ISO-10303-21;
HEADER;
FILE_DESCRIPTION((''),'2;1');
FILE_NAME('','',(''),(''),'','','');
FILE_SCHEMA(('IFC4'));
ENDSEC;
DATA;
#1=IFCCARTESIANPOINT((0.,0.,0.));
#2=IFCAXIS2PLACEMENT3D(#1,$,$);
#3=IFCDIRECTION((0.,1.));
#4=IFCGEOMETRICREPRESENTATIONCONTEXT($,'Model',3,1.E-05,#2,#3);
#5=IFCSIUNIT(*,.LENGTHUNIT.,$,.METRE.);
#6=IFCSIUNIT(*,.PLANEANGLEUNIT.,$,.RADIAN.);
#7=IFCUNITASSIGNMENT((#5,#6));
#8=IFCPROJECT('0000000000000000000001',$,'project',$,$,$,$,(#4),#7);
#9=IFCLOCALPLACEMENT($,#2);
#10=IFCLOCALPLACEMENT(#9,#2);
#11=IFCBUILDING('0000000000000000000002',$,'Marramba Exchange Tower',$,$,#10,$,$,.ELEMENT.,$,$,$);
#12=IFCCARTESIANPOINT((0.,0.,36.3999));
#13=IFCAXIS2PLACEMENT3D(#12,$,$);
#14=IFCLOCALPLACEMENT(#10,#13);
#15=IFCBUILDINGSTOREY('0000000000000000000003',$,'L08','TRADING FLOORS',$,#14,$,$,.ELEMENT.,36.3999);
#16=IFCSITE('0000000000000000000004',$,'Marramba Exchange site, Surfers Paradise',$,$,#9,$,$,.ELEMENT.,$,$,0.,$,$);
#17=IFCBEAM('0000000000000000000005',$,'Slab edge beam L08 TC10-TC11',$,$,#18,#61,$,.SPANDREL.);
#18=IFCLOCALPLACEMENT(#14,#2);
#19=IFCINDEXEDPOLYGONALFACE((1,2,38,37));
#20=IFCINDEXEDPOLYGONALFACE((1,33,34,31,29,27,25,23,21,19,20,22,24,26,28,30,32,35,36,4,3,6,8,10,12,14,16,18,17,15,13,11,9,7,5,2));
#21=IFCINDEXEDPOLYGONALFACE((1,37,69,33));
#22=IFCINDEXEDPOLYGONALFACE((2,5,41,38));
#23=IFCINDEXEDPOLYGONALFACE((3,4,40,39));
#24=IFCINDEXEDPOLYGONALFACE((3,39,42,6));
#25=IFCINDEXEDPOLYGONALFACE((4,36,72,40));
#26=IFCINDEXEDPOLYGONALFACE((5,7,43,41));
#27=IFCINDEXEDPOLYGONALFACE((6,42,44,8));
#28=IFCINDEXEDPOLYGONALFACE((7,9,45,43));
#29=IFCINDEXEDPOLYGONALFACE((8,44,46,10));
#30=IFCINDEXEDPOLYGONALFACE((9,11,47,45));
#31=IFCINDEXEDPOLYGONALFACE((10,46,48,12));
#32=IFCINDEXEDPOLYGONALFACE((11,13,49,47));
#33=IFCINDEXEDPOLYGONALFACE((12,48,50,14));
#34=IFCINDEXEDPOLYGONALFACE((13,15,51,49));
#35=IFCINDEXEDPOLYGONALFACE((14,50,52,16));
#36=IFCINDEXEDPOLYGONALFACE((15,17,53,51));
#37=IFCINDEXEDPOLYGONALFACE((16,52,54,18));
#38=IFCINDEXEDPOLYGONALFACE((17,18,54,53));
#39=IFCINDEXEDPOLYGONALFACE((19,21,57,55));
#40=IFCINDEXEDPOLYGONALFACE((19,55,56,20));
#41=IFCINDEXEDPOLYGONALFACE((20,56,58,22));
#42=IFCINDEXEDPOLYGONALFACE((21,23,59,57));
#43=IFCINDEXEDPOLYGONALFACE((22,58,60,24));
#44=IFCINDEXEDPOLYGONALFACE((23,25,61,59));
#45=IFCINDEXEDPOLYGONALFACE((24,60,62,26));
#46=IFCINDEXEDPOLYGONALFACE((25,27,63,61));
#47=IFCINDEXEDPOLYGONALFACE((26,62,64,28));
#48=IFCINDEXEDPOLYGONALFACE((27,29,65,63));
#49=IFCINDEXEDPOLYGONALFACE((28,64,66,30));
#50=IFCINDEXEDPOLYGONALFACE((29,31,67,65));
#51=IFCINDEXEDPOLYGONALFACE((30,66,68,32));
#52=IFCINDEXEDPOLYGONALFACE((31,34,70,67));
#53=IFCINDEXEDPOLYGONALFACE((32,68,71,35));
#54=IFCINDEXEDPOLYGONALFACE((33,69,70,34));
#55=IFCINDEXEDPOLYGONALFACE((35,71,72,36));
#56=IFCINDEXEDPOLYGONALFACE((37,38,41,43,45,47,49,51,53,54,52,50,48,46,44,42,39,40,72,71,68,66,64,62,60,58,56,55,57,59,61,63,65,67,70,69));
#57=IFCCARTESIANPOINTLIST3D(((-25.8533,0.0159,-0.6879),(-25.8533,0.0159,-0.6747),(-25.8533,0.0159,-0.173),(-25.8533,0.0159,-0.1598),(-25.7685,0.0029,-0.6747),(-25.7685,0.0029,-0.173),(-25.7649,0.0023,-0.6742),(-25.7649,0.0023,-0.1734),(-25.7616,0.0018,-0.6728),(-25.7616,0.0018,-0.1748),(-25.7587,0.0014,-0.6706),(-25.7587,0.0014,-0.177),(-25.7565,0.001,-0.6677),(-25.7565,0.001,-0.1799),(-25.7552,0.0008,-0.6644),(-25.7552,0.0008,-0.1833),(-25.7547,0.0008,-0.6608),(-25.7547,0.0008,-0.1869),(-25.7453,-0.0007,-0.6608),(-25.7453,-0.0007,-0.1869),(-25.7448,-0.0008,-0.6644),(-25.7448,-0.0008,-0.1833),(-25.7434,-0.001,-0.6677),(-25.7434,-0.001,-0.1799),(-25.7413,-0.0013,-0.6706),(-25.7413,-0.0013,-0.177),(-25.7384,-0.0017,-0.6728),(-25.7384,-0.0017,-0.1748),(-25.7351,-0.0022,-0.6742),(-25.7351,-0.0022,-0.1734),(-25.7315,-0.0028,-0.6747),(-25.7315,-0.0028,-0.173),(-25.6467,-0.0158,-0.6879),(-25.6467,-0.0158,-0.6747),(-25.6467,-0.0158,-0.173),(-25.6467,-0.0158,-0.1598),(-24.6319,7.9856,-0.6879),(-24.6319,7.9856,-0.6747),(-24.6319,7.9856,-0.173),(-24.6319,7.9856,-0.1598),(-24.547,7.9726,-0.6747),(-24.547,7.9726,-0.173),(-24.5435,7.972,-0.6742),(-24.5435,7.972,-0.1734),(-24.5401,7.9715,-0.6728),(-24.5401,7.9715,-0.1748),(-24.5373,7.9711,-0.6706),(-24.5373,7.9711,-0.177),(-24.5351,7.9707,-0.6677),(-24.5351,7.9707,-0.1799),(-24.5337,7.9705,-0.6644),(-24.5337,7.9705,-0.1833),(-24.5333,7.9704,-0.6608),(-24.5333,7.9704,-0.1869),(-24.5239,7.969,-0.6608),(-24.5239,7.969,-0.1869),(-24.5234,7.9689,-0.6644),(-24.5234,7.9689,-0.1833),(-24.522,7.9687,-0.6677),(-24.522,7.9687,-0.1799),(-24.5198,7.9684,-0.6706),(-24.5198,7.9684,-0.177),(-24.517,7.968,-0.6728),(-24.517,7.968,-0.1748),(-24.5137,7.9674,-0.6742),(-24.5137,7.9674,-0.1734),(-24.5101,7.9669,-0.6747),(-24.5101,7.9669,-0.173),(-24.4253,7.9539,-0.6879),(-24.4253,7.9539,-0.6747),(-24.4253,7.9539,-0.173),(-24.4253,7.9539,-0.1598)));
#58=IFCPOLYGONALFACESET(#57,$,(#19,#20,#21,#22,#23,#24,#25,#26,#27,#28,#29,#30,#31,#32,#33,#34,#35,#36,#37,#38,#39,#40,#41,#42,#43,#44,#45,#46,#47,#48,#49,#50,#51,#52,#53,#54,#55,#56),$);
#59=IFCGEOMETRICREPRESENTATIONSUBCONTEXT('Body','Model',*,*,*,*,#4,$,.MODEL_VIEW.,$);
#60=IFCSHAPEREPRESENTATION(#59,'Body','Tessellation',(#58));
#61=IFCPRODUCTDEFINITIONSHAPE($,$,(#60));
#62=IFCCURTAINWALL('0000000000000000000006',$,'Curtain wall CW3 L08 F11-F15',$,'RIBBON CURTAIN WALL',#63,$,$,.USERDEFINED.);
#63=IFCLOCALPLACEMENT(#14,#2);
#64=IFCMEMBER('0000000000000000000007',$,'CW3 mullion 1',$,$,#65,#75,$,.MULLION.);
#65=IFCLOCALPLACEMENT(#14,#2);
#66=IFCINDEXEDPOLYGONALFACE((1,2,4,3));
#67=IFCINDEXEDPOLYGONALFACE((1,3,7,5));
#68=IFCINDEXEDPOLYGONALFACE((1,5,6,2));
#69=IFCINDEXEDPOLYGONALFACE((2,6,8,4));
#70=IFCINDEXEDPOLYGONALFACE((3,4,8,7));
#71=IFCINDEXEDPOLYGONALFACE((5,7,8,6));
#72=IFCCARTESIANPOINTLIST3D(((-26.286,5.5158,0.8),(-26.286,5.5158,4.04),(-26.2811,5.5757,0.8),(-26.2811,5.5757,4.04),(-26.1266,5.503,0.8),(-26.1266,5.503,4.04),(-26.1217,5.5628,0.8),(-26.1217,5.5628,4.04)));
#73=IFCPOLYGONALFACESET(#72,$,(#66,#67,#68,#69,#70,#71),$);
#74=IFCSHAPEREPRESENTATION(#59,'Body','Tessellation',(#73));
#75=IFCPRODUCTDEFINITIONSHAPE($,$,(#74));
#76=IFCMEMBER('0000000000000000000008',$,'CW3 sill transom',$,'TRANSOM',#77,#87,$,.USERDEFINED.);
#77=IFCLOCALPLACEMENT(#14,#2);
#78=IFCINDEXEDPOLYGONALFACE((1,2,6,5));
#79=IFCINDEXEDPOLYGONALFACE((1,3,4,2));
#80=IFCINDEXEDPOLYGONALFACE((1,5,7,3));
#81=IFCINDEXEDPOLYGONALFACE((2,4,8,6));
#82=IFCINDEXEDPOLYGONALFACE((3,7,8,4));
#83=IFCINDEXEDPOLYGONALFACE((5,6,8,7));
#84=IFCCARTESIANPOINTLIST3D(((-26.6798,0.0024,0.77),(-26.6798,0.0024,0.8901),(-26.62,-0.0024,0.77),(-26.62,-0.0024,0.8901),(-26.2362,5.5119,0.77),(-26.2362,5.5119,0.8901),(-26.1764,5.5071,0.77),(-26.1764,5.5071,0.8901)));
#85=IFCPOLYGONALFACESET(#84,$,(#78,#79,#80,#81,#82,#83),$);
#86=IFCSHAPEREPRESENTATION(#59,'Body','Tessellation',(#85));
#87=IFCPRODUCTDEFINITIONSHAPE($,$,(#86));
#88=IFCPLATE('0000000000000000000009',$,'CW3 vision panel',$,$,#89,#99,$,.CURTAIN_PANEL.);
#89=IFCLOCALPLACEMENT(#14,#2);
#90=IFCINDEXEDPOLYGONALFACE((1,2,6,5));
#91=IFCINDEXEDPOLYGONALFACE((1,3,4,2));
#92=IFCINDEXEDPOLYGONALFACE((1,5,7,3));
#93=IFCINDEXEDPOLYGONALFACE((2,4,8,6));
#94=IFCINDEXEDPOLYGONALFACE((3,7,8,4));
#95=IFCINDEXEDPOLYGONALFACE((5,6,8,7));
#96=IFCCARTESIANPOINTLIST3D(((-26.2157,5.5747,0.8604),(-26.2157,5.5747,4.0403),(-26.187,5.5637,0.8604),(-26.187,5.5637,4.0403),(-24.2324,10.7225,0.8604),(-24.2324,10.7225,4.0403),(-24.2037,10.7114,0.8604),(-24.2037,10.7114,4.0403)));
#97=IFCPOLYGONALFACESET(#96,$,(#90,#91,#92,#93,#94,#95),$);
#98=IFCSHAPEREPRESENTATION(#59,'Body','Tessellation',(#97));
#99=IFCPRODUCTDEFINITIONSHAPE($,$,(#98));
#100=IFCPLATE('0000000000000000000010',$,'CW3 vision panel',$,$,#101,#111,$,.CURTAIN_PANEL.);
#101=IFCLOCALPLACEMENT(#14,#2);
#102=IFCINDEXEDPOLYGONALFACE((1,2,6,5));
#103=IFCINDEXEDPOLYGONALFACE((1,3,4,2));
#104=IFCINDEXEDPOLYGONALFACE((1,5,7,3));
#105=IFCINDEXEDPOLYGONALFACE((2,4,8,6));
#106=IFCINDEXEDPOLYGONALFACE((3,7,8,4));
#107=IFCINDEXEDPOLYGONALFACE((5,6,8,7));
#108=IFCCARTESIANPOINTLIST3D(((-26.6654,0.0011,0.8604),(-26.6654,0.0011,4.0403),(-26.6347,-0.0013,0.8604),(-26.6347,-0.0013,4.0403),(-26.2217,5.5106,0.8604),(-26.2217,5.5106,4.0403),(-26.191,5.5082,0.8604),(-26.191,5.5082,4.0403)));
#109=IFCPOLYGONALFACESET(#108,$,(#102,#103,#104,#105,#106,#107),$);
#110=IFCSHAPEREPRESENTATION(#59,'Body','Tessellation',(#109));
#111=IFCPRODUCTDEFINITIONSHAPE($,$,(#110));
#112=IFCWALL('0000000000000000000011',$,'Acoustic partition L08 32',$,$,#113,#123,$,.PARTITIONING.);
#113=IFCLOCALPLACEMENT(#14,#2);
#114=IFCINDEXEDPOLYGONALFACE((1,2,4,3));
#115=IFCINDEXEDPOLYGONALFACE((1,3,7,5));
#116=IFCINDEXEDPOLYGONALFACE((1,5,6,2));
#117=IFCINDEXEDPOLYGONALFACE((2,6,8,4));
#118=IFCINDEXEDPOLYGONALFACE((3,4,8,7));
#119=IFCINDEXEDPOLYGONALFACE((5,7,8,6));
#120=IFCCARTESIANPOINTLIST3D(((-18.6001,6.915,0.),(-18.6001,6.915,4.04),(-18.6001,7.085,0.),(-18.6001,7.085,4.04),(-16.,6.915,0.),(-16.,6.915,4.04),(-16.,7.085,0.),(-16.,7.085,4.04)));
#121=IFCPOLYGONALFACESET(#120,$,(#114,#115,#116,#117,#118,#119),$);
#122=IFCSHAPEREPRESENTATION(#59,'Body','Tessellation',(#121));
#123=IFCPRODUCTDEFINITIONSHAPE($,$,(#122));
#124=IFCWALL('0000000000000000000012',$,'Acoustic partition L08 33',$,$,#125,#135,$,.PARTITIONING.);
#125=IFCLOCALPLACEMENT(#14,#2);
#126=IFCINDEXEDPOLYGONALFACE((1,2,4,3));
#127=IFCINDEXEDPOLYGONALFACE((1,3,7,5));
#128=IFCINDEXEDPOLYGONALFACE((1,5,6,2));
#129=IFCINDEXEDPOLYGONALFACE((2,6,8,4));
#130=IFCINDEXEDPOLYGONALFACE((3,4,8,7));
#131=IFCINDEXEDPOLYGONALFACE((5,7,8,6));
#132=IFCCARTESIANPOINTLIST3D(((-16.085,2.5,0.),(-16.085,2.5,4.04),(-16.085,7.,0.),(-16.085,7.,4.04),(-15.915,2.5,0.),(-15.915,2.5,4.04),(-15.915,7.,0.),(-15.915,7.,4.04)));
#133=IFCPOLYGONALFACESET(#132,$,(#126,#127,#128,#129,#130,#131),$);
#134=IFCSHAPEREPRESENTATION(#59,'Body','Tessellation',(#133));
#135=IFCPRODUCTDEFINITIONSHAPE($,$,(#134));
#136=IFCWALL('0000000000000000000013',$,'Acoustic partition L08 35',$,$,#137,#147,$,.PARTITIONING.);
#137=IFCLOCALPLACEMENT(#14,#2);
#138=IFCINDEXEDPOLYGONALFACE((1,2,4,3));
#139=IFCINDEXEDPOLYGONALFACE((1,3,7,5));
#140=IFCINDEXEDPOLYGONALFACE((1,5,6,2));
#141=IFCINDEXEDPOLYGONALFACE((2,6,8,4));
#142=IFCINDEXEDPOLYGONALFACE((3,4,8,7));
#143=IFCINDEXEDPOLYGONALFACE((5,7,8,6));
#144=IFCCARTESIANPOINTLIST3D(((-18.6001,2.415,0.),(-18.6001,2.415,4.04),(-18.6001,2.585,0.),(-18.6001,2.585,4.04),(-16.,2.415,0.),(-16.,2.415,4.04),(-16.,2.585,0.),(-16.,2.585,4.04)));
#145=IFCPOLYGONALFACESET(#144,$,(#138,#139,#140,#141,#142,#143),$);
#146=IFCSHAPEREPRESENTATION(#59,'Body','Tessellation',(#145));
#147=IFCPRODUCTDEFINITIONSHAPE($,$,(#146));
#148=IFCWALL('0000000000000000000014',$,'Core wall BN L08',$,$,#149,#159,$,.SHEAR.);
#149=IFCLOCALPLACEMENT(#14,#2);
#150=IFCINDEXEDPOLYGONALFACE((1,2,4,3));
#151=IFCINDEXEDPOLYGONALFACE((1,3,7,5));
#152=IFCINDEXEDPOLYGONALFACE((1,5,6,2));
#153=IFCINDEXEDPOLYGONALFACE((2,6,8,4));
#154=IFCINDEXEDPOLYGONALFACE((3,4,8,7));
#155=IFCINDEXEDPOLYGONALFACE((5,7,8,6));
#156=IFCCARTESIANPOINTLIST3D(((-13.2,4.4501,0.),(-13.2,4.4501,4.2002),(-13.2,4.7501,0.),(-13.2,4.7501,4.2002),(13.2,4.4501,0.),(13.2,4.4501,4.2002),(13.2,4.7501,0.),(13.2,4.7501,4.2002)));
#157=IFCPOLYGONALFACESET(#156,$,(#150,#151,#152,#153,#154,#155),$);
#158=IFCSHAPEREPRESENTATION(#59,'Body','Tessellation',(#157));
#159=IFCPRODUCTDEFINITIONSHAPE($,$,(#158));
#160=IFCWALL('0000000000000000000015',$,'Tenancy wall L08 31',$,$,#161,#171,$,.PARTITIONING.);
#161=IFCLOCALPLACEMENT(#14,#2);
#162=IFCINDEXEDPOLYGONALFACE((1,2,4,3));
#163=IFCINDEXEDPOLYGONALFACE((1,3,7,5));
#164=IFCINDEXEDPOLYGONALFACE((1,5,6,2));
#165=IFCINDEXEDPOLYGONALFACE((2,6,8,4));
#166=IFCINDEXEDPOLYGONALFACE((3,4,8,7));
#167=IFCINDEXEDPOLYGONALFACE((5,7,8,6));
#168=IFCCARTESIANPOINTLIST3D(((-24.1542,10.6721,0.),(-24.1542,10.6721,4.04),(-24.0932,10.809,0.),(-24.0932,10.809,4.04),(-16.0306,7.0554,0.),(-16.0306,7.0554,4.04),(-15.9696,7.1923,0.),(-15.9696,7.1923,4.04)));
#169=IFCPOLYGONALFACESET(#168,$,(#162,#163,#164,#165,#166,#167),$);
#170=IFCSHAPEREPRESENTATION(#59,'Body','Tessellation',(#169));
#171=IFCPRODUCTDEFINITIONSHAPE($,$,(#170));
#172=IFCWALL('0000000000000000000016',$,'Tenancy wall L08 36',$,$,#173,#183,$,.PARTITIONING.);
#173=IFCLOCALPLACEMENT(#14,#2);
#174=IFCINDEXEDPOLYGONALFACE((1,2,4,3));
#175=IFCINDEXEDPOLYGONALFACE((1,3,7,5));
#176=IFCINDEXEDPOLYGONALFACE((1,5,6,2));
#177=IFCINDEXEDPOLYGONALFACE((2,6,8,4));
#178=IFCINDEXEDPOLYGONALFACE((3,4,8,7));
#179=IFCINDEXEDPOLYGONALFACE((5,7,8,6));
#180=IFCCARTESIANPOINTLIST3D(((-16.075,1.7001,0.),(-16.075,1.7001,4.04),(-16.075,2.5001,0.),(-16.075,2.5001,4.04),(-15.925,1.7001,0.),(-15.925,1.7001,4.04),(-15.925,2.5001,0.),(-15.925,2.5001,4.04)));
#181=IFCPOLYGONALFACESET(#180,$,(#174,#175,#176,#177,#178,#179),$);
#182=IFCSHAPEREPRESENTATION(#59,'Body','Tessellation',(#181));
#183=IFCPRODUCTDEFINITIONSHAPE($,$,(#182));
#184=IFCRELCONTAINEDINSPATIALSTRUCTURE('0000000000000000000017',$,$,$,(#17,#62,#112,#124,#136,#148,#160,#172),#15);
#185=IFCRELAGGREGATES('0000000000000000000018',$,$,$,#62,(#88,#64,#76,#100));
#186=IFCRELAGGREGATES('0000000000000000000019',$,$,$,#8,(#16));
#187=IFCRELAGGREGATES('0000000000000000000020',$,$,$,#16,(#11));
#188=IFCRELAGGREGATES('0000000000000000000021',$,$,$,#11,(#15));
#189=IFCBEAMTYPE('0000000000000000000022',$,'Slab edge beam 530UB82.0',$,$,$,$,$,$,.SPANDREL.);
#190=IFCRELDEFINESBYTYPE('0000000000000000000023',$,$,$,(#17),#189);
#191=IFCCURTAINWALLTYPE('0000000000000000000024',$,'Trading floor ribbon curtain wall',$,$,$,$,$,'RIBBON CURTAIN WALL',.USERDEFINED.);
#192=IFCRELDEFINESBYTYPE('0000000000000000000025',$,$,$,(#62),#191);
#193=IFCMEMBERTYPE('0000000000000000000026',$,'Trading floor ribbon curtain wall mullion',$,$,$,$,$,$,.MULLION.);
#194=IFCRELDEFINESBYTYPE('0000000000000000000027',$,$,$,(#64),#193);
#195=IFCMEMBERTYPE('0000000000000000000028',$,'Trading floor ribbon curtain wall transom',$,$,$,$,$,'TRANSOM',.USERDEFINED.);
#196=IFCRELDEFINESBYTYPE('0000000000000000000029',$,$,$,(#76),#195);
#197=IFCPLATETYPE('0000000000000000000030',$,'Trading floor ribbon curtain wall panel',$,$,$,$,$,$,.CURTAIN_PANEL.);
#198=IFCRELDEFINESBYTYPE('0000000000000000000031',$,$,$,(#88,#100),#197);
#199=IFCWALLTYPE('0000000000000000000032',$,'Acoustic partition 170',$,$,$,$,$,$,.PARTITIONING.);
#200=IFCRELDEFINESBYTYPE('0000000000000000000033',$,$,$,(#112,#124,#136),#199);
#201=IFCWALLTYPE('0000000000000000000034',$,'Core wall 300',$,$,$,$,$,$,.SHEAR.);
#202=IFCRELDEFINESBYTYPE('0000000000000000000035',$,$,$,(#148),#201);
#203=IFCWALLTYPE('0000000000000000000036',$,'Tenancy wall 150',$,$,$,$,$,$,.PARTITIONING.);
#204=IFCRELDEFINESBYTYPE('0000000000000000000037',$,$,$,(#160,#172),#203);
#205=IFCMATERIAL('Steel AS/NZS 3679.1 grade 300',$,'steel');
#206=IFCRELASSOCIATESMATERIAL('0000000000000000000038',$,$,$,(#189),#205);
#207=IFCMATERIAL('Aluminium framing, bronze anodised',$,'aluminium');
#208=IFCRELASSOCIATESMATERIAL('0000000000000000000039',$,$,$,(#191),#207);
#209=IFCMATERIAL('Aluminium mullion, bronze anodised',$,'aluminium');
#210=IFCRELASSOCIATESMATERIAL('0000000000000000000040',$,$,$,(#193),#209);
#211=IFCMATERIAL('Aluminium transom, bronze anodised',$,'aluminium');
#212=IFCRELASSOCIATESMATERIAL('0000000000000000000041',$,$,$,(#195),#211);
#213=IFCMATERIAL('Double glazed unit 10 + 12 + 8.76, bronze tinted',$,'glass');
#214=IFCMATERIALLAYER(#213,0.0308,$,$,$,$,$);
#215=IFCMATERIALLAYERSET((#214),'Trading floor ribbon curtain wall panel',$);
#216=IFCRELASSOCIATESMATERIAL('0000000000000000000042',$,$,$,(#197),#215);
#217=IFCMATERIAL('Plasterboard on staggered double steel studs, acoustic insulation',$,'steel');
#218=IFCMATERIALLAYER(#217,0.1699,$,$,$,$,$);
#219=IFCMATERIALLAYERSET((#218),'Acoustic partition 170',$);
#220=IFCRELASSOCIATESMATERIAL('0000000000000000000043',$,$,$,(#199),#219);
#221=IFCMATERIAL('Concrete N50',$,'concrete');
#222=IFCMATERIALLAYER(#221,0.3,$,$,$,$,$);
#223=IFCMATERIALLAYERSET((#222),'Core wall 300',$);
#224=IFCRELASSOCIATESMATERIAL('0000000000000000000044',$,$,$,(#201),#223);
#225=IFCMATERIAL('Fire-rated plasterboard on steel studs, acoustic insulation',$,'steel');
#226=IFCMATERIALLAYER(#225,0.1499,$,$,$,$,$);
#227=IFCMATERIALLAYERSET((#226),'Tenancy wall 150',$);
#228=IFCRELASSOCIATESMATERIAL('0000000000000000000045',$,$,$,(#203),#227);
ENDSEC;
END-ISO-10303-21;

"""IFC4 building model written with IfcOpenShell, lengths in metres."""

from ifc_helpers import new_model, si_unit, direction, frame, frame_2d, origin, origin_2d, place, context, subcontext, project, spatial, rectangle, i_section, extrude, material, layer, layer_set, material_profile, profile_set, type_object, element, aggregate, save


model = new_model("IFC4")

# Units and contexts
model_context = context("Model", 3, precision=1e-05, world=origin(), true_north=direction((0.0, 1.0)))
body_context = subcontext(model_context, "Body", "Model", "MODEL_VIEW")
ifc_project = project(units=[si_unit("LENGTHUNIT", "METRE"), si_unit("PLANEANGLEUNIT", "RADIAN")], contexts=[model_context])

# Site, building, storey
site_placement = place(None, origin())
site = spatial("IfcSite", under=ifc_project, at=site_placement, Name="Marramba Exchange site, Surfers Paradise", CompositionType="ELEMENT", RefElevation=0.0)
building_placement = place(site_placement, origin())
building = spatial("IfcBuilding", under=site, at=building_placement, Name="Marramba Exchange Tower", CompositionType="ELEMENT")
storey_placement = place(building_placement, frame((0.0, 0.0, 36.3999)))
storey = spatial("IfcBuildingStorey", under=building, at=storey_placement, Name="L08", Description="TRADING FLOORS", CompositionType="ELEMENT", Elevation=36.3999)

# Shared definitions
ifc_material_1 = material(Name="Concrete N50", Category="concrete")

# Beam
ifc_material_2 = material(Name="Steel AS/NZS 3679.1 grade 300", Category="steel")
ifc_material_profile_1 = material_profile(ifc_material_2, i_section(OverallWidth=0.209, OverallDepth=0.5281, WebThickness=0.0095, FlangeThickness=0.0132, FilletRadius=0.0139, at=origin_2d()), Name="530UB82.0")
ifc_profile_set_1 = profile_set([ifc_material_profile_1], Name="Steel AS/NZS 3679.1 grade 300")
beam_type_1 = type_object("IfcBeamType", Name="Slab edge beam 530UB82.0", PredefinedType="SPANDREL", material=ifc_profile_set_1)
beam_1_placement = place(storey_placement, frame((-24.5286, 7.9697, -0.4238), z_axis=(-0.151491, -0.988459, 0.0), x_axis=(0.988459, -0.151491, 0.0)))
element("IfcBeam", 1, at=beam_1_placement, inside=storey, type_object=beam_type_1, Name="Slab edge beam L08 TC10-TC11", PredefinedType="SPANDREL", context=body_context, shape_type="SweptSolid", body=[
    extrude(i_section(OverallWidth=0.209, OverallDepth=0.5281, WebThickness=0.0095, FlangeThickness=0.0132, FilletRadius=0.0139, at=origin_2d()), origin(), (0.0, 0.0, 1.0), 8.0627),
])

# Curtain wall, members, plates
ifc_material_3 = material(Name="Aluminium framing, bronze anodised", Category="aluminium")
curtain_wall_type = type_object("IfcCurtainWallType", Name="Trading floor ribbon curtain wall", ElementType="RIBBON CURTAIN WALL", PredefinedType="USERDEFINED", material=ifc_material_3)
curtain_wall_placement = place(storey_placement, origin())
curtain_wall = element("IfcCurtainWall", 2, at=curtain_wall_placement, inside=storey, type_object=curtain_wall_type, Name="Curtain wall CW3 L08 F11-F15", ObjectType="RIBBON CURTAIN WALL", PredefinedType="USERDEFINED")
ifc_material_4 = material(Name="Aluminium mullion, bronze anodised", Category="aluminium")
ifc_material_profile_2 = material_profile(ifc_material_4, rectangle(XDim=0.1599, YDim=0.0601, at=origin_2d()), Name="CW3 mullion 60x160")
ifc_profile_set_2 = profile_set([ifc_material_profile_2], Name="Aluminium mullion, bronze anodised")
member_type_1 = type_object("IfcMemberType", Name="Trading floor ribbon curtain wall mullion", PredefinedType="MULLION", material=ifc_profile_set_2)
member_1_placement = place(storey_placement, frame((-26.2039, 5.5393, 0.8), z_axis=(0.0, 0.0, 1.0), x_axis=(0.996773, -0.080275, 0.0)))
member_1 = element("IfcMember", 3, at=member_1_placement, type_object=member_type_1, Name="CW3 mullion 1", PredefinedType="MULLION", context=body_context, shape_type="SweptSolid", body=[
    extrude(rectangle(XDim=0.1599, YDim=0.0601, at=origin_2d()), origin(), (0.0, 0.0, 1.0), 3.24),
])
ifc_material_5 = material(Name="Aluminium transom, bronze anodised", Category="aluminium")
ifc_material_profile_3 = material_profile(ifc_material_5, rectangle(XDim=0.0601, YDim=0.1201, at=origin_2d()), Name="CW3 transom 60x120")
ifc_profile_set_3 = profile_set([ifc_material_profile_3], Name="Aluminium transom, bronze anodised")
member_type_2 = type_object("IfcMemberType", Name="Trading floor ribbon curtain wall transom", ElementType="TRANSOM", PredefinedType="USERDEFINED", material=ifc_profile_set_3)
member_2_placement = place(storey_placement, frame((-26.2063, 5.5095, 0.8301), z_axis=(-0.080256, -0.996774, 0.0), x_axis=(0.996774, -0.080256, 0.0)))
member_2 = element("IfcMember", 4, at=member_2_placement, type_object=member_type_2, Name="CW3 sill transom", ObjectType="TRANSOM", PredefinedType="USERDEFINED", context=body_context, shape_type="SweptSolid", body=[
    extrude(rectangle(XDim=0.0601, YDim=0.1201, at=origin_2d()), origin(), (0.0, 0.0, 1.0), 5.5273),
])
ifc_material_6 = material(Name="Double glazed unit 10 + 12 + 8.76, bronze tinted", Category="glass")
ifc_layer_1 = layer(ifc_material_6, 0.0308)
ifc_layer_set_1 = layer_set([ifc_layer_1], Name="Trading floor ribbon curtain wall panel")
plate_type = type_object("IfcPlateType", Name="Trading floor ribbon curtain wall panel", PredefinedType="CURTAIN_PANEL", material=ifc_layer_set_1)
plate_1_placement = place(storey_placement, frame((-25.2097, 8.1431, 0.8604), z_axis=(0.0, 0.0, 1.0), x_axis=(-0.359526, -0.933135, 0.0)))
plate_1 = element("IfcPlate", 5, at=plate_1_placement, type_object=plate_type, Name="CW3 vision panel", PredefinedType="CURTAIN_PANEL", context=body_context, shape_type="SweptSolid", body=[
    extrude(rectangle(XDim=5.5166, YDim=0.0308, at=origin_2d()), origin(), (0.0, 0.0, 1.0), 3.1799),
])
plate_2_placement = place(storey_placement, frame((-26.4282, 2.7546, 0.8604), z_axis=(0.0, 0.0, 1.0), x_axis=(-0.080275, -0.996773, 0.0)))
plate_2 = element("IfcPlate", 6, at=plate_2_placement, type_object=plate_type, Name="CW3 vision panel", PredefinedType="CURTAIN_PANEL", context=body_context, shape_type="SweptSolid", body=[
    extrude(rectangle(XDim=5.5273, YDim=0.0308, at=origin_2d()), origin(), (0.0, 0.0, 1.0), 3.1799),
])
aggregate(curtain_wall, [plate_1, member_1, member_2, plate_2])

# Walls
ifc_material_7 = material(Name="Plasterboard on staggered double steel studs, acoustic insulation", Category="steel")
ifc_layer_2 = layer(ifc_material_7, 0.1699)
ifc_layer_set_2 = layer_set([ifc_layer_2], Name="Acoustic partition 170")
wall_type_1 = type_object("IfcWallType", Name="Acoustic partition 170", PredefinedType="PARTITIONING", material=ifc_layer_set_2)
wall_1_placement = place(storey_placement, frame((-16.0, 7.0, 0.0), z_axis=(0.0, 0.0, 1.0), x_axis=(-1.0, 0.0, 0.0)))
element("IfcWall", 7, at=wall_1_placement, inside=storey, type_object=wall_type_1, Name="Acoustic partition L08 32", PredefinedType="PARTITIONING", context=body_context, shape_type="SweptSolid", body=[
    extrude(rectangle(XDim=2.6001, YDim=0.1699, at=frame_2d((1.3, 0.0))), origin(), (0.0, 0.0, 1.0), 4.04),
])
wall_2_placement = place(storey_placement, frame((-16.0, 2.5, 0.0), z_axis=(0.0, 0.0, 1.0), x_axis=(0.0, 1.0, 0.0)))
element("IfcWall", 8, at=wall_2_placement, inside=storey, type_object=wall_type_1, Name="Acoustic partition L08 33", PredefinedType="PARTITIONING", context=body_context, shape_type="SweptSolid", body=[
    extrude(rectangle(XDim=4.5, YDim=0.1699, at=frame_2d((2.25, 0.0))), origin(), (0.0, 0.0, 1.0), 4.04),
])

# Walls
wall_3_placement = place(storey_placement, frame((-18.6001, 2.5, 0.0), z_axis=(0.0, 0.0, 1.0), x_axis=(1.0, 0.0, 0.0)))
element("IfcWall", 9, at=wall_3_placement, inside=storey, type_object=wall_type_1, Name="Acoustic partition L08 35", PredefinedType="PARTITIONING", context=body_context, shape_type="SweptSolid", body=[
    extrude(rectangle(XDim=2.6001, YDim=0.1699, at=frame_2d((1.3, 0.0))), origin(), (0.0, 0.0, 1.0), 4.04),
])
ifc_layer_3 = layer(ifc_material_1, 0.3)
ifc_layer_set_3 = layer_set([ifc_layer_3], Name="Core wall 300")
wall_type_2 = type_object("IfcWallType", Name="Core wall 300", PredefinedType="SHEAR", material=ifc_layer_set_3)
wall_4_placement = place(storey_placement, frame((-13.2, 4.6001, 0.0), z_axis=(0.0, 0.0, 1.0), x_axis=(1.0, 0.0, 0.0)))
element("IfcWall", 10, at=wall_4_placement, inside=storey, type_object=wall_type_2, Name="Core wall BN L08", PredefinedType="SHEAR", context=body_context, shape_type="SweptSolid", body=[
    extrude(rectangle(XDim=26.3999, YDim=0.3, at=frame_2d((13.2, 0.0))), origin(), (0.0, 0.0, 1.0), 4.2002),
])
ifc_material_8 = material(Name="Fire-rated plasterboard on steel studs, acoustic insulation", Category="steel")
ifc_layer_4 = layer(ifc_material_8, 0.1499)
ifc_layer_set_4 = layer_set([ifc_layer_4], Name="Tenancy wall 150")
wall_type_3 = type_object("IfcWallType", Name="Tenancy wall 150", PredefinedType="PARTITIONING", material=ifc_layer_set_4)
wall_5_placement = place(storey_placement, frame((-16.0, 7.1238, 0.0), z_axis=(0.0, 0.0, 1.0), x_axis=(-0.913551, 0.406724, 0.0)))
element("IfcWall", 11, at=wall_5_placement, inside=storey, type_object=wall_type_3, Name="Tenancy wall L08 31", PredefinedType="PARTITIONING", context=body_context, shape_type="SweptSolid", body=[
    extrude(rectangle(XDim=8.8923, YDim=0.1499, at=frame_2d((4.4463, 0.0))), origin(), (0.0, 0.0, 1.0), 4.04),
])
wall_6_placement = place(storey_placement, frame((-16.0, 2.5, 0.0), z_axis=(0.0, 0.0, 1.0), x_axis=(0.0, -1.0, 0.0)))
element("IfcWall", 12, at=wall_6_placement, inside=storey, type_object=wall_type_3, Name="Tenancy wall L08 36", PredefinedType="PARTITIONING", context=body_context, shape_type="SweptSolid", body=[
    extrude(rectangle(XDim=0.8, YDim=0.1499, at=frame_2d((0.3999, 0.0))), origin(), (0.0, 0.0, 1.0), 4.04),
])

save(model, "model.ifc")
